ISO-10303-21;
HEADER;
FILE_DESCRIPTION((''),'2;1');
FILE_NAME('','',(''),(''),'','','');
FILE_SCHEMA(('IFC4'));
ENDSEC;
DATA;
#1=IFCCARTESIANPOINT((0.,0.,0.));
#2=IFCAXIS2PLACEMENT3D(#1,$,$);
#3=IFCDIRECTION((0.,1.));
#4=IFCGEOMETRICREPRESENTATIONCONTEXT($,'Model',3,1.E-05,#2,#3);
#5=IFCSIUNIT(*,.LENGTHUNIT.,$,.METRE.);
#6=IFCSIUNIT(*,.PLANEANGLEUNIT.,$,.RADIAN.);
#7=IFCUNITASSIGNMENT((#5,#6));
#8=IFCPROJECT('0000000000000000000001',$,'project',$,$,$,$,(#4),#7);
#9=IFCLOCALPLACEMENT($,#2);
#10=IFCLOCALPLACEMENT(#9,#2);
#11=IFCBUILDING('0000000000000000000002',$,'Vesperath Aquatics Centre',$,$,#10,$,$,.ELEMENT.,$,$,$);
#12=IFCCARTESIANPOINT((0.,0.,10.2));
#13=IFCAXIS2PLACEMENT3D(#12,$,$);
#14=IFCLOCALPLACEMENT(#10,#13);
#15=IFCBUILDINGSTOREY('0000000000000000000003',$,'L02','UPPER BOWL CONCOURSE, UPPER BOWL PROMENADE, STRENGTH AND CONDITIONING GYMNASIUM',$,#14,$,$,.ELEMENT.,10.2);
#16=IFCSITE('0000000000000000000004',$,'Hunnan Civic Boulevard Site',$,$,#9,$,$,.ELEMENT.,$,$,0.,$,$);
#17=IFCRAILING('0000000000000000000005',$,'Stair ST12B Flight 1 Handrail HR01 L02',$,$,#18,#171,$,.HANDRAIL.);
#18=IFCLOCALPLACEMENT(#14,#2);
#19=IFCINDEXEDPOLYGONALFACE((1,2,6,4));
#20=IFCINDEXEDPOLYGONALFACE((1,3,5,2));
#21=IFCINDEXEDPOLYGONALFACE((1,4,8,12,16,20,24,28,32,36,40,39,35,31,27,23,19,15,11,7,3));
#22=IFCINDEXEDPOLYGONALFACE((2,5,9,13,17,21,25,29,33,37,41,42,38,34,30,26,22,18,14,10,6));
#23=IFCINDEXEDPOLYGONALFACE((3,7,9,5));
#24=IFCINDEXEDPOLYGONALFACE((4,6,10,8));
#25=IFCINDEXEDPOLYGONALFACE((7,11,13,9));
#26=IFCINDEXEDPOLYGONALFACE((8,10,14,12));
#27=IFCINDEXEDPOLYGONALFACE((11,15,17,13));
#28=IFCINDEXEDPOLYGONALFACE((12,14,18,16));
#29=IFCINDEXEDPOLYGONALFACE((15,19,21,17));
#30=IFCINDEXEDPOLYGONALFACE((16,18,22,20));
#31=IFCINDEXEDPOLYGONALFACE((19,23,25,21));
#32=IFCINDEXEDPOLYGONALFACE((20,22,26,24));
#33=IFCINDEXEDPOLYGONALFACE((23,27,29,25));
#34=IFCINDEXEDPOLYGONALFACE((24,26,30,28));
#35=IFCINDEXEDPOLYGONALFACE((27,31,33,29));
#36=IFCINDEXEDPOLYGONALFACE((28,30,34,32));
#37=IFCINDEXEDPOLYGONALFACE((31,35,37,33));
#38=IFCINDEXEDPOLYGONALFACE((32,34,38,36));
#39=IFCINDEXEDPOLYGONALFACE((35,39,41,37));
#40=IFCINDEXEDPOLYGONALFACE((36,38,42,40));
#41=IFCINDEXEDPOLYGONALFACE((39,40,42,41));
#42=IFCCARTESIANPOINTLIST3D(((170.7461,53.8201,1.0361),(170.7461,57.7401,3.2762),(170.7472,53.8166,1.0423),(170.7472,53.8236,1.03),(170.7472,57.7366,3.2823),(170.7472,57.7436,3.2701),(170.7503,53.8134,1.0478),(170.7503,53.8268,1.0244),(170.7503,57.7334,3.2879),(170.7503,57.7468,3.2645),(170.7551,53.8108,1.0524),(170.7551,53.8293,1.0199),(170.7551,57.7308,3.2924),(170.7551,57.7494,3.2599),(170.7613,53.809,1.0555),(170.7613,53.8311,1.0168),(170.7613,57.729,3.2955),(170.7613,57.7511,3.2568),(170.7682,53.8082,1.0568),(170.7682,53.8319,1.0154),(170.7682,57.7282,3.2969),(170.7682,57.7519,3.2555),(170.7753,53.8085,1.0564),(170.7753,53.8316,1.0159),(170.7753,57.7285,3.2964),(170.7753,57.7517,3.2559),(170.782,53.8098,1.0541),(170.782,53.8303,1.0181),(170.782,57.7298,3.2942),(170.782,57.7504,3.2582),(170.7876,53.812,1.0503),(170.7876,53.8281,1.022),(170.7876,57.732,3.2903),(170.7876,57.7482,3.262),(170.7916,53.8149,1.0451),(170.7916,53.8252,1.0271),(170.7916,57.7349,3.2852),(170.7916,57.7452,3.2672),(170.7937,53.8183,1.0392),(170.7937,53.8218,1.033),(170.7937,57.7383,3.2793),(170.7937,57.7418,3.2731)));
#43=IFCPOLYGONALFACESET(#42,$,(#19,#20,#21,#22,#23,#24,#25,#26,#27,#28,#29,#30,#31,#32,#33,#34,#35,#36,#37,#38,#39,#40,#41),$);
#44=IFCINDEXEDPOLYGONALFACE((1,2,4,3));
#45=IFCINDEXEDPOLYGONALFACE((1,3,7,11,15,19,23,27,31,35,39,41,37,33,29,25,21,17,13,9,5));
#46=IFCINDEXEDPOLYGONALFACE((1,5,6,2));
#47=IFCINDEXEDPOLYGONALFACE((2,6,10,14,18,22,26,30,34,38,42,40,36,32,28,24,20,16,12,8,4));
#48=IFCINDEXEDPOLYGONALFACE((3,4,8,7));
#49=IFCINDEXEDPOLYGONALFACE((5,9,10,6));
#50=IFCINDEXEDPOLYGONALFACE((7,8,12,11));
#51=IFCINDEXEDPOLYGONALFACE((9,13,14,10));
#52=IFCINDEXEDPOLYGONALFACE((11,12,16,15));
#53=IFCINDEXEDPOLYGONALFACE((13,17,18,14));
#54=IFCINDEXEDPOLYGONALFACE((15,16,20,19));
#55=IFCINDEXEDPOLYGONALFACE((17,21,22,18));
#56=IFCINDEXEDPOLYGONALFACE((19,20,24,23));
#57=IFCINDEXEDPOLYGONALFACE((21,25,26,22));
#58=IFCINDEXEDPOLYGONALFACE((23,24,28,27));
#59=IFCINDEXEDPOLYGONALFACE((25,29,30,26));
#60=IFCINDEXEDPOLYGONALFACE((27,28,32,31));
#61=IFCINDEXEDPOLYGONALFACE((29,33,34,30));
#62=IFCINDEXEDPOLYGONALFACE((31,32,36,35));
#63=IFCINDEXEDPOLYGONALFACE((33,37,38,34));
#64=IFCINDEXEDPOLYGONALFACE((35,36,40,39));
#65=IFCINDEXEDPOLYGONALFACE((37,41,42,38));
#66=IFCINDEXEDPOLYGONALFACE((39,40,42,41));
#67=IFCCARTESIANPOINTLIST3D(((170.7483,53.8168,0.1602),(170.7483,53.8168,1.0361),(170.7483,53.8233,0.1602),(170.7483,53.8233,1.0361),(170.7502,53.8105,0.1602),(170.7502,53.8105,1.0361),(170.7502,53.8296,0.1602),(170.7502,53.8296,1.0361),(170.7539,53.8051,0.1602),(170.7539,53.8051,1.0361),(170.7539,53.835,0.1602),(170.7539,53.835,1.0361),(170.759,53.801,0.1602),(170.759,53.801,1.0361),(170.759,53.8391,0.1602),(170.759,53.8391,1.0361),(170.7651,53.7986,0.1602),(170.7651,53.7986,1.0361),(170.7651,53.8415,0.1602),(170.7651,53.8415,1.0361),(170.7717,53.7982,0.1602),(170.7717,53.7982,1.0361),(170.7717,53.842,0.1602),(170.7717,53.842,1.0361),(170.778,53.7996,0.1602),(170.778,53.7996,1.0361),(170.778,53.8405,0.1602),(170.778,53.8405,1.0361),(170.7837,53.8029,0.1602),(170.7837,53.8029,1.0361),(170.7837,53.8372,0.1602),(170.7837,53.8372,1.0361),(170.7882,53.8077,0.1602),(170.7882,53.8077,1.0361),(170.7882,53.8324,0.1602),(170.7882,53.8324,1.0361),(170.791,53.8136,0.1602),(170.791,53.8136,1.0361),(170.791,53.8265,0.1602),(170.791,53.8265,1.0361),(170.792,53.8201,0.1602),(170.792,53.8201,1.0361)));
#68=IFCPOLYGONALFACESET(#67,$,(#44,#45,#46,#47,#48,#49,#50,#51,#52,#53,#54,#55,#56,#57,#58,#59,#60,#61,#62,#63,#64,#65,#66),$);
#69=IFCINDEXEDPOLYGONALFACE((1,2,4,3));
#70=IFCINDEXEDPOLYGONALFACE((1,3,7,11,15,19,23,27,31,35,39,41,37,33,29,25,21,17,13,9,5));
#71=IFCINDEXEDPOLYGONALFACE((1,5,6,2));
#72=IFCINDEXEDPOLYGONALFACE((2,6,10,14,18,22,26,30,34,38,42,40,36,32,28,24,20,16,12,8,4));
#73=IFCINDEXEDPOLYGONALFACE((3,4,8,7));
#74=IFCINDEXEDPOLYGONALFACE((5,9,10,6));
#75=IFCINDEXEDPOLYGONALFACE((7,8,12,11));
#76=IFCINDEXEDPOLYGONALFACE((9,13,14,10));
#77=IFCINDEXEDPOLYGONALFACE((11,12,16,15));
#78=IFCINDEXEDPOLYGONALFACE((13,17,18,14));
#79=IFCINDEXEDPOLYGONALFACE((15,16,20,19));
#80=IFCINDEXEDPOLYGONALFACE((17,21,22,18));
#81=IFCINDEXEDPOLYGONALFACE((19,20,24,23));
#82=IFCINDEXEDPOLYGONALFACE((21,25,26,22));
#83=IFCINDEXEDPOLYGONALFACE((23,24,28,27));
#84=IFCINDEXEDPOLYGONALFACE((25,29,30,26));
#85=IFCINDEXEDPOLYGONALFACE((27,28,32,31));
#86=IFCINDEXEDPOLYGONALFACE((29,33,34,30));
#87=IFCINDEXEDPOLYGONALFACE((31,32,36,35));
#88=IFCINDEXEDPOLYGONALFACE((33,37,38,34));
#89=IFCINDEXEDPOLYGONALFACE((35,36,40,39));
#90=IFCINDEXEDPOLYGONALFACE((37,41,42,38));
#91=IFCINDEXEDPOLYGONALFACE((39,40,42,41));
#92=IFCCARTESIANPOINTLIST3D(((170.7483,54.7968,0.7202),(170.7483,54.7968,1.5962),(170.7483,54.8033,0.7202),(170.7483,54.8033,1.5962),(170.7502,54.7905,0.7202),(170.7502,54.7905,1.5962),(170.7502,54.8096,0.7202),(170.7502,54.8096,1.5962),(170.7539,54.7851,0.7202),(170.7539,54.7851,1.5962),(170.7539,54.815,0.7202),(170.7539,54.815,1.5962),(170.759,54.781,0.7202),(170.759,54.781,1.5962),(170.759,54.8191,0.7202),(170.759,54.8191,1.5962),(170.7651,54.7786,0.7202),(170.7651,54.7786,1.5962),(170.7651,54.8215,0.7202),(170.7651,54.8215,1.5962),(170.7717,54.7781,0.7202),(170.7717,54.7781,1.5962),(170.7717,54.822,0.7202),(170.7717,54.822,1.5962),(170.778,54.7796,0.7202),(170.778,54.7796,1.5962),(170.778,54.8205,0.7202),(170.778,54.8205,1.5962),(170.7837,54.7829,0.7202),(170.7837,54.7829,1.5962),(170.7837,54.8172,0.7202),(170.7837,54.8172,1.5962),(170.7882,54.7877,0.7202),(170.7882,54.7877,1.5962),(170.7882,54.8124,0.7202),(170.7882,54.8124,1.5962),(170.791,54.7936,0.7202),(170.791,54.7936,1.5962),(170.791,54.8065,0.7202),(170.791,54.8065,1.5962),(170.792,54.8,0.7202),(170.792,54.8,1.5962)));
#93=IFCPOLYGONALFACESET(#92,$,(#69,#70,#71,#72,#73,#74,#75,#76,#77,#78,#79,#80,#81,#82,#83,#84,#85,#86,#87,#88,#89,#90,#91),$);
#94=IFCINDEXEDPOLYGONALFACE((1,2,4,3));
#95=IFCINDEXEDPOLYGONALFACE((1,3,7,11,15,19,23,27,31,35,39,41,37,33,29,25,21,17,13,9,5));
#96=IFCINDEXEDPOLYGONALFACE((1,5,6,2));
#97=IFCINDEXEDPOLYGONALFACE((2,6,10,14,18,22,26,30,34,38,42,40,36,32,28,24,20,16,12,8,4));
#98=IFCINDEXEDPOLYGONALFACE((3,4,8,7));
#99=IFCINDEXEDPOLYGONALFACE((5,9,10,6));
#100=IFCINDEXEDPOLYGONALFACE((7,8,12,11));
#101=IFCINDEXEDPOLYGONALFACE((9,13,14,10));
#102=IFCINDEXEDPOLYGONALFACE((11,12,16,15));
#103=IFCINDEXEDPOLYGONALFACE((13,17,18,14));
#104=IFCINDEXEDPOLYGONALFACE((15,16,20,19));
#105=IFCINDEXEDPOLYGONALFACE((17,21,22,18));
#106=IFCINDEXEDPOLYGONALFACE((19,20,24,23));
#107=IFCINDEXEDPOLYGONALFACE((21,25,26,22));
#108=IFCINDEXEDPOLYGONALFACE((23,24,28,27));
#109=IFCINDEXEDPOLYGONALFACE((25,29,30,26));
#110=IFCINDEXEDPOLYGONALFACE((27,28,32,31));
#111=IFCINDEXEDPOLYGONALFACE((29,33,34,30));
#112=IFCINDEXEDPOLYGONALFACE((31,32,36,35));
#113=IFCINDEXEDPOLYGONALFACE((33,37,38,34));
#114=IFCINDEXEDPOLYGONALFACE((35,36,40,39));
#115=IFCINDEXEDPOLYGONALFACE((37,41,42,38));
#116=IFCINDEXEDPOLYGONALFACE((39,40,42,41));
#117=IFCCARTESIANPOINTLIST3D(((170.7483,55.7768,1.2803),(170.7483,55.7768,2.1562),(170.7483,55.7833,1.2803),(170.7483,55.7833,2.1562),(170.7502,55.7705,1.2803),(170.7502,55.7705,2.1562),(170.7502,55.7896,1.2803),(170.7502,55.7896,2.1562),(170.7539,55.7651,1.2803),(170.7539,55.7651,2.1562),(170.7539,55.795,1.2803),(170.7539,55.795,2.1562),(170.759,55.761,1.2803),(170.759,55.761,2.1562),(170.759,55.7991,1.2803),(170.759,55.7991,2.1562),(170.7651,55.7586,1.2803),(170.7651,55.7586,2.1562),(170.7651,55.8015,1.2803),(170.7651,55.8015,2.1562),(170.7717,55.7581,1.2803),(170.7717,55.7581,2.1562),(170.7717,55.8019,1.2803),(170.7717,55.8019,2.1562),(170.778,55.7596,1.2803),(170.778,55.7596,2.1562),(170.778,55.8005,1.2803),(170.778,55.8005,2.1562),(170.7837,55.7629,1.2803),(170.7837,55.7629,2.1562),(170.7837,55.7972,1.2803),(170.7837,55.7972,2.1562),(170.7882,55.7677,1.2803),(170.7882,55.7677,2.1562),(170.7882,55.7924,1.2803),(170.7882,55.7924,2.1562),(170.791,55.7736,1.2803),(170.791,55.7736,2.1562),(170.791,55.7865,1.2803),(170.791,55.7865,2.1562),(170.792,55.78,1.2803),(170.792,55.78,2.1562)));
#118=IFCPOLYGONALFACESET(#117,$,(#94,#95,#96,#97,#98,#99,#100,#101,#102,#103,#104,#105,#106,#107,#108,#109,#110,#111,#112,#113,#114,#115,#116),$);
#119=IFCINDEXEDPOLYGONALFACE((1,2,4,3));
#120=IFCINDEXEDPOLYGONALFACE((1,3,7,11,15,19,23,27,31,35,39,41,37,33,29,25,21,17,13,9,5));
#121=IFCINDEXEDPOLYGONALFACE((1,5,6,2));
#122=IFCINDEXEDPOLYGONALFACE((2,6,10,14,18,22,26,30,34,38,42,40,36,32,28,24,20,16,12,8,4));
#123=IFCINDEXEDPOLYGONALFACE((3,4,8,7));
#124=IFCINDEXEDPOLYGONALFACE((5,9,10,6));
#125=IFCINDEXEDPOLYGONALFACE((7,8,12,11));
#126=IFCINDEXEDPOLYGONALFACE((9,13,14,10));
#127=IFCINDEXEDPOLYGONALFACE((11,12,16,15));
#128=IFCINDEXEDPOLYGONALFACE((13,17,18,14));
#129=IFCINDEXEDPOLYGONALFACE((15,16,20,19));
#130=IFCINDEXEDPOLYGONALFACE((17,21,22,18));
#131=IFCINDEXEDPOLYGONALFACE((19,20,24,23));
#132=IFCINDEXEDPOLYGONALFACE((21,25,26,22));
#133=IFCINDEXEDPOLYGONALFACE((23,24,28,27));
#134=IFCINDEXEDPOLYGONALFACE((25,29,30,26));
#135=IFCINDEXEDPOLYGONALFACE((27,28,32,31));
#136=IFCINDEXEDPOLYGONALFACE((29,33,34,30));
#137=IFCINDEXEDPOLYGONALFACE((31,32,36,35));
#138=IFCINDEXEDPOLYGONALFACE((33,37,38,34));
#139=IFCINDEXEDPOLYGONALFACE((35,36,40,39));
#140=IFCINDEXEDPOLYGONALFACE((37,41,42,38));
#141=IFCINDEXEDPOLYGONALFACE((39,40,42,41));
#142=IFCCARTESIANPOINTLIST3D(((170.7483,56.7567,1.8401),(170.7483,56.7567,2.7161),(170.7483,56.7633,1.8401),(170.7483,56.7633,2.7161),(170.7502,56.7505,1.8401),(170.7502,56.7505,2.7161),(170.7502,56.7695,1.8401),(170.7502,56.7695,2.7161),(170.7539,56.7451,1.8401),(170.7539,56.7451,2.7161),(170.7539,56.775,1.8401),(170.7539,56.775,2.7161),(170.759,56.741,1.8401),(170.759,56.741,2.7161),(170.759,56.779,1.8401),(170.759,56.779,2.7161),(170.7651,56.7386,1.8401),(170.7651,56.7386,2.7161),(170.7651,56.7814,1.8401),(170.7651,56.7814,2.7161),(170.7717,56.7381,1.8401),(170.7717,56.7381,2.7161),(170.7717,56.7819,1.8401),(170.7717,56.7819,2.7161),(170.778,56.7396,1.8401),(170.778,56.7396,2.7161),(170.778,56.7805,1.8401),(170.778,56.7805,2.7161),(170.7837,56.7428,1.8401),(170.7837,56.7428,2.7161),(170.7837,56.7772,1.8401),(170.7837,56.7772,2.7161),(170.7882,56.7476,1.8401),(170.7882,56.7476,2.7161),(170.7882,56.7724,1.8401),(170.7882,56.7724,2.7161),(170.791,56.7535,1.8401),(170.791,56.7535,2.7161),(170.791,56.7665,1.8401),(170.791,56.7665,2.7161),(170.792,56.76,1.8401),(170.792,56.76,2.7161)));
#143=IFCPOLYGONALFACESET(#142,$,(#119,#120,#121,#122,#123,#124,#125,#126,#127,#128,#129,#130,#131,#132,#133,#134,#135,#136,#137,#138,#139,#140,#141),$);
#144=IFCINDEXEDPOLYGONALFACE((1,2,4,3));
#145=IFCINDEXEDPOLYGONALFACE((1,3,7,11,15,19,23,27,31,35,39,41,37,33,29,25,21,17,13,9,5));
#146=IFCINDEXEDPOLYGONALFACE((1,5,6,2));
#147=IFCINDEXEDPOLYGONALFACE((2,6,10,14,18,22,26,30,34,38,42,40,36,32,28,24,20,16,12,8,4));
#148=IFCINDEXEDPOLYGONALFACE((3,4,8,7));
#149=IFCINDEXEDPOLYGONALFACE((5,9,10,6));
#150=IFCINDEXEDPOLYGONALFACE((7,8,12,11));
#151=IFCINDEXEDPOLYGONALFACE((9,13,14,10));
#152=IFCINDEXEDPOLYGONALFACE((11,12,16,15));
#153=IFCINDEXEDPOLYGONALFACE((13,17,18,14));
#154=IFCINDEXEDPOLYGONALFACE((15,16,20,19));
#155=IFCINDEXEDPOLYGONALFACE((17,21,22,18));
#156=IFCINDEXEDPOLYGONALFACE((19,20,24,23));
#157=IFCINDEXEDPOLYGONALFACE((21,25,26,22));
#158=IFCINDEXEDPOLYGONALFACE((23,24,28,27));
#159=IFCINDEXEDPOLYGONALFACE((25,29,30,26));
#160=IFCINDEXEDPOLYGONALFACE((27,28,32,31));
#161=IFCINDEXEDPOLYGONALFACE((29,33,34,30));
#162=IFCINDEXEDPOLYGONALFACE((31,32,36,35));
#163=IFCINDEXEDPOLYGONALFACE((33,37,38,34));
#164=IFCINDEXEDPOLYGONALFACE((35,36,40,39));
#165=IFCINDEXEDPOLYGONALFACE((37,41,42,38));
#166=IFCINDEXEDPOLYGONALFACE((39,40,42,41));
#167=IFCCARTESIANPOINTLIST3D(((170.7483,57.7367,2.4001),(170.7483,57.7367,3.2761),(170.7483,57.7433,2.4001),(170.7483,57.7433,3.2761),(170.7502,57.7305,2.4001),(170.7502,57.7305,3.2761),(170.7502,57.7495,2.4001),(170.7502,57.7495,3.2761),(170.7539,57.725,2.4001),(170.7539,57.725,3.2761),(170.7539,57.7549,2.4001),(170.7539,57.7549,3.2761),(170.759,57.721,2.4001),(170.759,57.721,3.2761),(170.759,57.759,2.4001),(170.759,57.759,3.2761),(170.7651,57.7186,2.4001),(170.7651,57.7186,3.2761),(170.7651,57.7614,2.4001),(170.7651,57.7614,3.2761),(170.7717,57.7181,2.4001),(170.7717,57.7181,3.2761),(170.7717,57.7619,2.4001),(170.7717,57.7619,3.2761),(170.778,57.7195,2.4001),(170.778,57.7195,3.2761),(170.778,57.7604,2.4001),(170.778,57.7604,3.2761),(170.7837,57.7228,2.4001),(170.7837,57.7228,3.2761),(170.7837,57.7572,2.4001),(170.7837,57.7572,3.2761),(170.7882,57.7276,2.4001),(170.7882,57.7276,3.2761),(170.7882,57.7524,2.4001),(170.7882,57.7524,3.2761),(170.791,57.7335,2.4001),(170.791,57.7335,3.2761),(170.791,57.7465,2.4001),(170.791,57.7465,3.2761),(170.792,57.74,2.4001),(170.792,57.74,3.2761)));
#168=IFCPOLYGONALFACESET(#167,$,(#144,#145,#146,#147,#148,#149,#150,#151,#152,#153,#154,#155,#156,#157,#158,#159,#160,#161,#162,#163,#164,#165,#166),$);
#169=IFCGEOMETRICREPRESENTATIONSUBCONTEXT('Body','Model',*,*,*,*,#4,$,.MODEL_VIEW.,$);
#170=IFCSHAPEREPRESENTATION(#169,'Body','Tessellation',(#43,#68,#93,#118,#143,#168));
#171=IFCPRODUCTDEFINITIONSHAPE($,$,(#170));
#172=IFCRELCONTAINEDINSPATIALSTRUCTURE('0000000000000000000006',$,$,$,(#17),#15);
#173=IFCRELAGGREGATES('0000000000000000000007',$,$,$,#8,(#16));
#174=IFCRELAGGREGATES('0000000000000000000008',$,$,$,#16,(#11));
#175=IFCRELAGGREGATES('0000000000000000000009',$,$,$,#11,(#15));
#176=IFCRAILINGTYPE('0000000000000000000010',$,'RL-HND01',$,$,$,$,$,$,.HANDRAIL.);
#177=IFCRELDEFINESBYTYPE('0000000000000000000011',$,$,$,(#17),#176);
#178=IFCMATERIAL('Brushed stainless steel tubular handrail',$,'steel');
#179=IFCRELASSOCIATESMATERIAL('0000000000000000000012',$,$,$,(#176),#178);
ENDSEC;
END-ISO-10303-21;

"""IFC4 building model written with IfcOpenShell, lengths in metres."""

from ifc_helpers import new_model, si_unit, direction, frame, origin, origin_2d, place, context, subcontext, project, spatial, circle, extrude, material, type_object, element, save


model = new_model("IFC4")

# Units and contexts
model_context = context("Model", 3, precision=1e-05, world=origin(), true_north=direction((0.0, 1.0)))
body_context = subcontext(model_context, "Body", "Model", "MODEL_VIEW")
ifc_project = project(units=[si_unit("LENGTHUNIT", "METRE"), si_unit("PLANEANGLEUNIT", "RADIAN")], contexts=[model_context])

# Site, building, storey
site_placement = place(None, origin())
site = spatial("IfcSite", under=ifc_project, at=site_placement, Name="Hunnan Civic Boulevard Site", CompositionType="ELEMENT", RefElevation=0.0)
building_placement = place(site_placement, origin())
building = spatial("IfcBuilding", under=site, at=building_placement, Name="Vesperath Aquatics Centre", CompositionType="ELEMENT")
storey_placement = place(building_placement, frame((0.0, 0.0, 10.2)))
storey = spatial("IfcBuildingStorey", under=building, at=storey_placement, Name="L02", Description="UPPER BOWL CONCOURSE, UPPER BOWL PROMENADE, STRENGTH AND CONDITIONING GYMNASIUM", CompositionType="ELEMENT", Elevation=10.2)

# Railing
ifc_material_1 = material(Name="Brushed stainless steel tubular handrail", Category="steel")
railing_type_1 = type_object("IfcRailingType", Name="RL-HND01", PredefinedType="HANDRAIL", material=ifc_material_1)
railing_1_placement = place(storey_placement, frame((170.77, 53.8201, 0.1602)))
element("IfcRailing", 1, at=railing_1_placement, inside=storey, type_object=railing_type_1, Name="Stair ST12B Flight 1 Handrail HR01 L02", PredefinedType="HANDRAIL", context=body_context, shape_type="SweptSolid", body=[
    extrude(circle(Radius=0.0239, at=origin_2d()), frame((0.0, 0.0, 0.876), z_axis=(0.0, 0.86824, 0.496145), x_axis=(-1.0, 0.0, 0.0)), (0.0, 0.0, 1.0), 4.5149),
    extrude(circle(Radius=0.022, at=origin_2d()), origin(), (0.0, 0.0, 1.0), 0.876),
    extrude(circle(Radius=0.022, at=origin_2d()), frame((0.0, 0.98, 0.5601)), (0.0, 0.0, 1.0), 0.876),
    extrude(circle(Radius=0.022, at=origin_2d()), frame((0.0, 1.96, 1.1201)), (0.0, 0.0, 1.0), 0.876),
    extrude(circle(Radius=0.022, at=origin_2d()), frame((0.0, 2.9399, 1.6799)), (0.0, 0.0, 1.0), 0.876),
    extrude(circle(Radius=0.022, at=origin_2d()), frame((0.0, 3.9199, 2.24)), (0.0, 0.0, 1.0), 0.876),
])

save(model, "model.ifc")
